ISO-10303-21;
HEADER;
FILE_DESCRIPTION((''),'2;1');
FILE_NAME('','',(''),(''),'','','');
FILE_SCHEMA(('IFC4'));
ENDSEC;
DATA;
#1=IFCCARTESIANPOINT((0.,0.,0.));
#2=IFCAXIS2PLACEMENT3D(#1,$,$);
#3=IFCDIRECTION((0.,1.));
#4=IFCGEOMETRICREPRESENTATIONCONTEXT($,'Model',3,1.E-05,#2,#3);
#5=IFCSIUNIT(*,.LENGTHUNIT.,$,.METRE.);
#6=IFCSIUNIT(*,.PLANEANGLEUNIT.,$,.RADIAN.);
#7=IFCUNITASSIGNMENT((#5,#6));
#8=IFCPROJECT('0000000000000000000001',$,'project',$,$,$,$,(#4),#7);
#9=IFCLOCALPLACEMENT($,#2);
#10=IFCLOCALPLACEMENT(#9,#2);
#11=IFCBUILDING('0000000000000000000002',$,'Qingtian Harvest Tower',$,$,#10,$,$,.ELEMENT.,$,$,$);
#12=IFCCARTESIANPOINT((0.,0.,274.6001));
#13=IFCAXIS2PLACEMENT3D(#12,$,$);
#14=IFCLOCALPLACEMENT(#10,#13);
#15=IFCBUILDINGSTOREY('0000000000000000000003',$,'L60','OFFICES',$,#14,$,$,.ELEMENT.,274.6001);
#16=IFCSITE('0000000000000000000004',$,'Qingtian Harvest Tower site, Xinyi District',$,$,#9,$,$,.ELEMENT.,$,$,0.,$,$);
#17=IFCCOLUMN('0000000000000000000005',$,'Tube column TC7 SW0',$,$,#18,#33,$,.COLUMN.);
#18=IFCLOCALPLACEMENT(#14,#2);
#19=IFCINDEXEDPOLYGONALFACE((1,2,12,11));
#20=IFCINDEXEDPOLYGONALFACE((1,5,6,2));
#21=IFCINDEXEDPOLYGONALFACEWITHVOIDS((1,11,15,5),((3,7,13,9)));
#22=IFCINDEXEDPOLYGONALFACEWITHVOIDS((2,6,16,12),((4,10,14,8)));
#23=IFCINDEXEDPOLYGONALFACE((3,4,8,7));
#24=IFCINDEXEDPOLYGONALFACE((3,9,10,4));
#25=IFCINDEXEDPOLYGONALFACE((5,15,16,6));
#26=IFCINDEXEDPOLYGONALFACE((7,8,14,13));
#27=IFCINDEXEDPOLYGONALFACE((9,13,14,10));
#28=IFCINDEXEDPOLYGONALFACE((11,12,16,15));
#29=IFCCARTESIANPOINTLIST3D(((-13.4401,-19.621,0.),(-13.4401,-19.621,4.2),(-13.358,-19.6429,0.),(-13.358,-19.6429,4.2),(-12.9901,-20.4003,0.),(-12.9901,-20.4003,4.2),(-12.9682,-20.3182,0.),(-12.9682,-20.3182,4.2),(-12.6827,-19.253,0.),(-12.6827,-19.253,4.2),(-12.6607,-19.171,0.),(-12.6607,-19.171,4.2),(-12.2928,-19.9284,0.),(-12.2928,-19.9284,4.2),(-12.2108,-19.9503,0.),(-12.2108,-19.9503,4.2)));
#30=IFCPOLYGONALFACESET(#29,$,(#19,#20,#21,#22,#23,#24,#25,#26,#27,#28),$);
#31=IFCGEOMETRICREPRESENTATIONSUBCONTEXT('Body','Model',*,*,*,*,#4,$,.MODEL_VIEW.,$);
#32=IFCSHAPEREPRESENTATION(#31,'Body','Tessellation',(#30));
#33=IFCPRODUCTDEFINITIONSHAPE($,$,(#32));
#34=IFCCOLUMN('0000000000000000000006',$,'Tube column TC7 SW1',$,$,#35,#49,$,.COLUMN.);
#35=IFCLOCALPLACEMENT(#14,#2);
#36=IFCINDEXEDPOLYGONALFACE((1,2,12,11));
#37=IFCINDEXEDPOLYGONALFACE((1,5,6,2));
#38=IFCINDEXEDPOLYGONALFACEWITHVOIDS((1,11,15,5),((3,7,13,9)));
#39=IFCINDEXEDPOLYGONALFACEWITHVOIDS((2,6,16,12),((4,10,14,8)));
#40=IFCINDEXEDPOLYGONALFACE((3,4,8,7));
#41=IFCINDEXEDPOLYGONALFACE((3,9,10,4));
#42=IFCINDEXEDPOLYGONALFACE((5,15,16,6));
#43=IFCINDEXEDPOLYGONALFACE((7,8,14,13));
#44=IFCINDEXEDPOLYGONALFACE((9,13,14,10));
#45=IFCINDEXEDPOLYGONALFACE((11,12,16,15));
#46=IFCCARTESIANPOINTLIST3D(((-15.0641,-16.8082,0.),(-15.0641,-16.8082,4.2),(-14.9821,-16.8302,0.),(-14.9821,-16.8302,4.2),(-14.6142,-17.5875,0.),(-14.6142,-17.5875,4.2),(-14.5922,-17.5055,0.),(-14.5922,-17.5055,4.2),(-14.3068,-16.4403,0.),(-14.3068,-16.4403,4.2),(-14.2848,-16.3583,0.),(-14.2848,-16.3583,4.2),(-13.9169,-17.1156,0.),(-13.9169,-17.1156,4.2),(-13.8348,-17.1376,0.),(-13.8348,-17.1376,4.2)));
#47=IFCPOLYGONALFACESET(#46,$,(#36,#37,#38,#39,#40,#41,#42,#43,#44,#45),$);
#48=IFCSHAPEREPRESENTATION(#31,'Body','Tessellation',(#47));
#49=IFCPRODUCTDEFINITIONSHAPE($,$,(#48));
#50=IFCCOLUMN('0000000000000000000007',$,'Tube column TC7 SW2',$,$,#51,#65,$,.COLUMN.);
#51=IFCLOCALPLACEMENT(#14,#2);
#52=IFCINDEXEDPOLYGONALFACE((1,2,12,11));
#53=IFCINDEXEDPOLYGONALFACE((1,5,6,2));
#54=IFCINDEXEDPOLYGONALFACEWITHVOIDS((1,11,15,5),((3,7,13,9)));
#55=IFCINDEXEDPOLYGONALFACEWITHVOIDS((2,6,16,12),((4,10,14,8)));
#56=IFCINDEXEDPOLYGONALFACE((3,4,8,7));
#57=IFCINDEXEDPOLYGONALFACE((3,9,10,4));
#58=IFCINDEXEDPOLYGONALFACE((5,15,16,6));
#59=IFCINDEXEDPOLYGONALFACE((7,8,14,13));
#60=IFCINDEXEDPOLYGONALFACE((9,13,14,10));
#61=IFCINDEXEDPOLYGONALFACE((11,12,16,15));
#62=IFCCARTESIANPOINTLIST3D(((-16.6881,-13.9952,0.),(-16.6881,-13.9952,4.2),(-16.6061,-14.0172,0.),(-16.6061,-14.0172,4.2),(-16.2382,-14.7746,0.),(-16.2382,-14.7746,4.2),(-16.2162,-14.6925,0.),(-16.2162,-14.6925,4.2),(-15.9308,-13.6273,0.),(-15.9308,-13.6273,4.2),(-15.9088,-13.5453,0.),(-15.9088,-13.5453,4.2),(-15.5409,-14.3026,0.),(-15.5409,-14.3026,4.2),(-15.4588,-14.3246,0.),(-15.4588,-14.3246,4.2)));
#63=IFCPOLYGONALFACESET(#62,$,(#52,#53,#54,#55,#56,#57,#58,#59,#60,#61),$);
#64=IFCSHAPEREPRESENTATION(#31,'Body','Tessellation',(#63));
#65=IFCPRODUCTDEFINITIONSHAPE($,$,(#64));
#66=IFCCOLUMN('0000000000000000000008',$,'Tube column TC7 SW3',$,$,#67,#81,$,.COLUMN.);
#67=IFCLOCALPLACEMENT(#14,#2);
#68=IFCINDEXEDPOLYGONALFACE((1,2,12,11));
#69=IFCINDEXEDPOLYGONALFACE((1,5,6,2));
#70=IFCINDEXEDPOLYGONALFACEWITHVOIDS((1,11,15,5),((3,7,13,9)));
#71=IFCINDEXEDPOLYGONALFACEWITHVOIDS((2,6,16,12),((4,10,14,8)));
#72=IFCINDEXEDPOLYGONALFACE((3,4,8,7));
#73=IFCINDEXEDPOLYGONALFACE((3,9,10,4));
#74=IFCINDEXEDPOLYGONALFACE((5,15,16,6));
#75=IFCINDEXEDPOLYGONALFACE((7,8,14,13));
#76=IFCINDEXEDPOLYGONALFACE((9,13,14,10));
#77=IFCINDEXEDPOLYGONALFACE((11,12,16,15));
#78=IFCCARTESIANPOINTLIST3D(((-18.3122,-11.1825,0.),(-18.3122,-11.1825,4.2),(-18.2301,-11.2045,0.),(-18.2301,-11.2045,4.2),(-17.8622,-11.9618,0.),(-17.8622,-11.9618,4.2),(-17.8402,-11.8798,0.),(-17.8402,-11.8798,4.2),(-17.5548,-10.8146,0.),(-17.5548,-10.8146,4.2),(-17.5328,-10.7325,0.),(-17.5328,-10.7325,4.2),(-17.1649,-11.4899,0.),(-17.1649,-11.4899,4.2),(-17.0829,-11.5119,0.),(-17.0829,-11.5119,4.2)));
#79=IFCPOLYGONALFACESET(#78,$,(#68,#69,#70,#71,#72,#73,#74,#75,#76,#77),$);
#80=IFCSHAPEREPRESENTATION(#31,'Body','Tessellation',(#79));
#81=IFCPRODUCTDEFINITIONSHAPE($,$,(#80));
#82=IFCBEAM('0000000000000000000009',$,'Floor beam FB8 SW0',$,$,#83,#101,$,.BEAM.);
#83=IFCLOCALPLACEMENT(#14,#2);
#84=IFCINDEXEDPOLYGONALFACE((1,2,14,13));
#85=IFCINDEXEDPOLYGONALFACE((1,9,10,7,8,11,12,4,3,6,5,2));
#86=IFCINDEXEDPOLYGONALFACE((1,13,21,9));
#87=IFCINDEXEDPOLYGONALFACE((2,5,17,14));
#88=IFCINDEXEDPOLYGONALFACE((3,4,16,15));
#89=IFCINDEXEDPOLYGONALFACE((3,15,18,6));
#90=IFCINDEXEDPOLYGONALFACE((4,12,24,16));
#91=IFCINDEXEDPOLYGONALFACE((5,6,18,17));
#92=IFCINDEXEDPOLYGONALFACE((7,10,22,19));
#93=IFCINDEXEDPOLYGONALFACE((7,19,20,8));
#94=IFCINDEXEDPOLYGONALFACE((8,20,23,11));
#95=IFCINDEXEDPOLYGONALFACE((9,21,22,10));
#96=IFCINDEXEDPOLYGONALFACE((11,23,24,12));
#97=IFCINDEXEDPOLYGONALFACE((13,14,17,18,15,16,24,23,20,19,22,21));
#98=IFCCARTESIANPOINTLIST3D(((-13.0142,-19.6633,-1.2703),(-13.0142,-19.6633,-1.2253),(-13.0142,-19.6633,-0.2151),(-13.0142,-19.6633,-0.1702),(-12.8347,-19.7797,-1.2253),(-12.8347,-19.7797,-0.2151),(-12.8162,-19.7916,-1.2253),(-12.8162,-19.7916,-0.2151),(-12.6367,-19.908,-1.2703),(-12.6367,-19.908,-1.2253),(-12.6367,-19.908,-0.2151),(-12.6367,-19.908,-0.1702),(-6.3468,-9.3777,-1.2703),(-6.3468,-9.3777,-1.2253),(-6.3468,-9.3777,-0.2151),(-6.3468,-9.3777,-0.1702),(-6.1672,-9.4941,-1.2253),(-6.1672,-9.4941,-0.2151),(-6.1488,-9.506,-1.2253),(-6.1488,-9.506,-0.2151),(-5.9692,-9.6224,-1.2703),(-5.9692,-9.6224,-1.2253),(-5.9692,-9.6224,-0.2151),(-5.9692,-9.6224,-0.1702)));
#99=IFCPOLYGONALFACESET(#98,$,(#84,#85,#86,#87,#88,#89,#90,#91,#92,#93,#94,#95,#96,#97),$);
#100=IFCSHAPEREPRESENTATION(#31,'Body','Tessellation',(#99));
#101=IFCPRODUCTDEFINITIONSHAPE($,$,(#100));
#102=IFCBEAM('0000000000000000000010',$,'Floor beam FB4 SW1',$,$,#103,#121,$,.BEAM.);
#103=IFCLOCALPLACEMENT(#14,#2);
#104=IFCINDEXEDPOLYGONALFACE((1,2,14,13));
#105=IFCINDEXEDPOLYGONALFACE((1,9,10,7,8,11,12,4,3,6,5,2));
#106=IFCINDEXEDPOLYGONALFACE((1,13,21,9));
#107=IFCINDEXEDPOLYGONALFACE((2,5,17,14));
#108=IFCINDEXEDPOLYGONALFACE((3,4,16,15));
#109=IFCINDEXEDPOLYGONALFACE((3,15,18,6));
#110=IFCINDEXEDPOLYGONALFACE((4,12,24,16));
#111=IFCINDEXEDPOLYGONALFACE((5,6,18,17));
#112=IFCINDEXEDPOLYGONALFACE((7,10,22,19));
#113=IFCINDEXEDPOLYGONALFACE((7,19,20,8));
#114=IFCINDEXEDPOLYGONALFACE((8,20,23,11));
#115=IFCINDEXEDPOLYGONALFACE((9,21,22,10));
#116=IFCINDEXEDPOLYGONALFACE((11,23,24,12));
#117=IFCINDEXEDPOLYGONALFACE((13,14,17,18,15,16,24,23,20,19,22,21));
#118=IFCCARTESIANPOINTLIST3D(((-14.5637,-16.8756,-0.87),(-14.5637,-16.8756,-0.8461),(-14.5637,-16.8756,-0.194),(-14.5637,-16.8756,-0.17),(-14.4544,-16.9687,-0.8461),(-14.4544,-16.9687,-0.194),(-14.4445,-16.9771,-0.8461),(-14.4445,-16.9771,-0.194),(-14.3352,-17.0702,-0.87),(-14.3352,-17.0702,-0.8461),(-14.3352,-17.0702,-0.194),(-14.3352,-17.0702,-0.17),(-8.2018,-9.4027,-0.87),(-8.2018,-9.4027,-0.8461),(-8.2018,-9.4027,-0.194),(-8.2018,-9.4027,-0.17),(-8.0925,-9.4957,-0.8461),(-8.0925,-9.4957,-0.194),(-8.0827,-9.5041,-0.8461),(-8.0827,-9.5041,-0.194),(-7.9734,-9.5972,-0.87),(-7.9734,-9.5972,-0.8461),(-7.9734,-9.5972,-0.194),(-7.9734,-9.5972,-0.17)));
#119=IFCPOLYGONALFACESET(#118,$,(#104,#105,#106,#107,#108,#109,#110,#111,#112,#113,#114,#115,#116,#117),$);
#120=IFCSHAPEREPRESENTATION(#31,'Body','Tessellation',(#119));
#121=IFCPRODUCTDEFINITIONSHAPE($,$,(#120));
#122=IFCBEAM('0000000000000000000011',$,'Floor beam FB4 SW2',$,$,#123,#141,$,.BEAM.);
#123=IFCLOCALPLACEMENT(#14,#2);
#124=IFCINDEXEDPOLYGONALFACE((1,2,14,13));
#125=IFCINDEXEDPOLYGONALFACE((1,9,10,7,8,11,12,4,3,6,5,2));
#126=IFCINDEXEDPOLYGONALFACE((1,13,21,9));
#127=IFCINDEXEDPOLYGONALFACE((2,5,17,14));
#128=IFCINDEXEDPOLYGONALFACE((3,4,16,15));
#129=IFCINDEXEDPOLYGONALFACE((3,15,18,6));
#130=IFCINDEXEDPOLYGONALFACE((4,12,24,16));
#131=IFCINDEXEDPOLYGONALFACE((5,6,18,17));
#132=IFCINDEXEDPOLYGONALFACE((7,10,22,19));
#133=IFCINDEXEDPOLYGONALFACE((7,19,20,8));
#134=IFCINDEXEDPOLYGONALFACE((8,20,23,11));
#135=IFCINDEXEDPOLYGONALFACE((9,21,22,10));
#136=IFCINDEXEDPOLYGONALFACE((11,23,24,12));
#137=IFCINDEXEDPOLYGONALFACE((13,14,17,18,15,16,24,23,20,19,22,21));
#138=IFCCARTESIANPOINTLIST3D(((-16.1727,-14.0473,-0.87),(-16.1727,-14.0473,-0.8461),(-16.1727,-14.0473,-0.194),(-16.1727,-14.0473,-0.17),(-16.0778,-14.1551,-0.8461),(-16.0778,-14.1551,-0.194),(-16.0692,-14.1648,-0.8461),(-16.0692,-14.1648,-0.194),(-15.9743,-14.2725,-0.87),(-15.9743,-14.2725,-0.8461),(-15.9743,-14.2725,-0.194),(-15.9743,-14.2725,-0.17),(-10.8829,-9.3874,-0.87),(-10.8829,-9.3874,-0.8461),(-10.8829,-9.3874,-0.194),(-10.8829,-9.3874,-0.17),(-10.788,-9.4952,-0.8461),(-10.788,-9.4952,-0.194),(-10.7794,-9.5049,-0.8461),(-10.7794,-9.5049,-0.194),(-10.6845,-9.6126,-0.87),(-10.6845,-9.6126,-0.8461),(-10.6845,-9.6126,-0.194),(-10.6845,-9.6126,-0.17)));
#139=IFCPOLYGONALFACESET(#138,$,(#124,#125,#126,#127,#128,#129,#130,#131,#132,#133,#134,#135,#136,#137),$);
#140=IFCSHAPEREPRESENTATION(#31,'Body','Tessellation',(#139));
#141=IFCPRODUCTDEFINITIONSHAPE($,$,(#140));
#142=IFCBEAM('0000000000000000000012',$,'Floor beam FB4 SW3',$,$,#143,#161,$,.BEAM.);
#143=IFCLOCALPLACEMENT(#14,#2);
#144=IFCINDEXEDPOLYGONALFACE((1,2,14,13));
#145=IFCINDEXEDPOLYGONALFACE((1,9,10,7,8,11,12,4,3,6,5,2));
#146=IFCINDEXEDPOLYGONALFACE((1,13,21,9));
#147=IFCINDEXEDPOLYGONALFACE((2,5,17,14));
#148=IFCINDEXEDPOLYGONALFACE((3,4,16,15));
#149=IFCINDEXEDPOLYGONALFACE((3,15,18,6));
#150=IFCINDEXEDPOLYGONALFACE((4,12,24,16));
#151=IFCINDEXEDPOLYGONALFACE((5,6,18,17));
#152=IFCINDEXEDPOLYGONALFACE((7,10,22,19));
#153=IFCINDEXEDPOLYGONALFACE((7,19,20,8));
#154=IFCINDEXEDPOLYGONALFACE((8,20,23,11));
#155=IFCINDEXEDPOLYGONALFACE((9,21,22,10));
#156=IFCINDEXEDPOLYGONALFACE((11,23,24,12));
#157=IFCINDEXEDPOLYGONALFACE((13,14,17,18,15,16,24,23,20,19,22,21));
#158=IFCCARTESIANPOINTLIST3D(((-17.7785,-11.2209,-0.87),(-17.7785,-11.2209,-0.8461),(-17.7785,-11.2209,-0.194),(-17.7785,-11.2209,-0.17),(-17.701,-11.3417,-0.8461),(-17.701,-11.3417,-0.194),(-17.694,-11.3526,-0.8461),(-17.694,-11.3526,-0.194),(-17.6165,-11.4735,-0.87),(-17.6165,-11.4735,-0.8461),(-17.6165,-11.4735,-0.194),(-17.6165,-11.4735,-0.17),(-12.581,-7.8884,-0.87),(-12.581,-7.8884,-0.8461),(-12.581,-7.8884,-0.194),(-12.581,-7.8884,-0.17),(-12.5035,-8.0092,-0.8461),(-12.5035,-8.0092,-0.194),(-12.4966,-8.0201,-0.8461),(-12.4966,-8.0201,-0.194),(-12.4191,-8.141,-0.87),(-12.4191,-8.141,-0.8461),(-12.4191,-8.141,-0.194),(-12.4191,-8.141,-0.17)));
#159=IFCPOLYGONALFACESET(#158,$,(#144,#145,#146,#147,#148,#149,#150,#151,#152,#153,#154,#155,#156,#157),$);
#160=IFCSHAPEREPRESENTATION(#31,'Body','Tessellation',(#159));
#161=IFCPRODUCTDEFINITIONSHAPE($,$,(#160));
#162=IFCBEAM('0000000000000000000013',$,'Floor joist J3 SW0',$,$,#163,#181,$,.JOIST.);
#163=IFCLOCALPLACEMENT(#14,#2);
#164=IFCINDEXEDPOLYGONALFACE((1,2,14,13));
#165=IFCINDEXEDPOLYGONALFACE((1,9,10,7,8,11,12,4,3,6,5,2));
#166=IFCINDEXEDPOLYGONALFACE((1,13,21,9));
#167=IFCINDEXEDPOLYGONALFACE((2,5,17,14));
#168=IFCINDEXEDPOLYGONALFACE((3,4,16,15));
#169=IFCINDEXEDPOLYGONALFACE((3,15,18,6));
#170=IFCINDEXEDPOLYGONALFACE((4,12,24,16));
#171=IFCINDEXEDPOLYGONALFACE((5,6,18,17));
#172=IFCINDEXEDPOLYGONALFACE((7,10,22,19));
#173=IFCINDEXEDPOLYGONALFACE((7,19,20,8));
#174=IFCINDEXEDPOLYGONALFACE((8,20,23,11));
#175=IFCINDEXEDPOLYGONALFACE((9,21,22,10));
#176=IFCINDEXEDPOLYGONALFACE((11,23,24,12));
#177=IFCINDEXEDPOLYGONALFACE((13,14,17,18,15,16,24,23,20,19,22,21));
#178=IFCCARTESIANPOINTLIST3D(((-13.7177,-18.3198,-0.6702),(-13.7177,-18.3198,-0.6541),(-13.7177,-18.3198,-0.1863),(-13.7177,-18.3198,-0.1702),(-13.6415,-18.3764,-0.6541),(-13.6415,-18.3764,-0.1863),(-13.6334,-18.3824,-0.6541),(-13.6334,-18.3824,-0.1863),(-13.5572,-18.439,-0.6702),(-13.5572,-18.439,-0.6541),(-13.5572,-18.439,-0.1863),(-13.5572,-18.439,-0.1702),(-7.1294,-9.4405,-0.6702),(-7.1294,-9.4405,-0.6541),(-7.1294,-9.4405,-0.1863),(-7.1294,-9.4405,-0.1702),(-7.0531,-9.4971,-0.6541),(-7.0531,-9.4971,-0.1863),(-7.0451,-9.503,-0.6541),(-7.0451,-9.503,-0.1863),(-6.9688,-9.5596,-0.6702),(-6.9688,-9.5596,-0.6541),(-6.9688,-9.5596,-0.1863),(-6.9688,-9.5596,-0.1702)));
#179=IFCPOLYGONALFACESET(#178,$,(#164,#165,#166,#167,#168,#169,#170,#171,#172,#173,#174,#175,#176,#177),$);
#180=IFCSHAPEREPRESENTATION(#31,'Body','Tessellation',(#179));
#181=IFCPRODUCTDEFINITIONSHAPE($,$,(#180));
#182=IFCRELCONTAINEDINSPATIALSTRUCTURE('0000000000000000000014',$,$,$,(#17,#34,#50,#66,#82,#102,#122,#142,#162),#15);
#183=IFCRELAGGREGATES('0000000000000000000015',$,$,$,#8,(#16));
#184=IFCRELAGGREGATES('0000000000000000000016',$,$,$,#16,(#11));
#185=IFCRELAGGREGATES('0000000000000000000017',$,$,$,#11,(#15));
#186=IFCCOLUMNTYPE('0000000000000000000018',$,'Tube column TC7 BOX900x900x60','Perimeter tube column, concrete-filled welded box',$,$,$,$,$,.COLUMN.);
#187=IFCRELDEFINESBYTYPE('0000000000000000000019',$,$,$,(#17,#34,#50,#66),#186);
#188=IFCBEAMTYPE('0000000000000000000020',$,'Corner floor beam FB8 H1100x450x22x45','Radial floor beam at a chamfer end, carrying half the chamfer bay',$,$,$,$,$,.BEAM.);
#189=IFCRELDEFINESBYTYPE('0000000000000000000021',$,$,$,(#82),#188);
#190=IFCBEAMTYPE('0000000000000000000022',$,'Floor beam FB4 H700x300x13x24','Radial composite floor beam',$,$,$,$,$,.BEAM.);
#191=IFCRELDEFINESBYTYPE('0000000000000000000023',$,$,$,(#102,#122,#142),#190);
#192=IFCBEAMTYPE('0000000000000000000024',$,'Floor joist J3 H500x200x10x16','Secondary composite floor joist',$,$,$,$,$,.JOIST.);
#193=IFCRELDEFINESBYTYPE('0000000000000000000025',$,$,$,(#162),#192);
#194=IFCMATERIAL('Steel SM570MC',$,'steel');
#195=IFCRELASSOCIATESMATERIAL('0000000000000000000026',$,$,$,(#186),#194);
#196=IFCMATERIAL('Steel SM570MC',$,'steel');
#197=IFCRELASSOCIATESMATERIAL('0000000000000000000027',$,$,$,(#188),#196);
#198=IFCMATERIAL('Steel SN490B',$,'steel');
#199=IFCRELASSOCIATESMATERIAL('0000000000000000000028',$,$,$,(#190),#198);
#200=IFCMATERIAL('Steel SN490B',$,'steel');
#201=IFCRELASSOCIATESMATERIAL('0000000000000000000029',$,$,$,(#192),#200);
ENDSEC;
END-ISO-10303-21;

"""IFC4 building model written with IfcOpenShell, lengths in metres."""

from ifc_helpers import new_model, si_unit, direction, frame, origin, origin_2d, place, context, subcontext, project, spatial, hollow_rectangle, i_section, extrude, material, material_profile, profile_set, type_object, element, save


model = new_model("IFC4")

# Units and contexts
model_context = context("Model", 3, precision=1e-05, world=origin(), true_north=direction((0.0, 1.0)))
body_context = subcontext(model_context, "Body", "Model", "MODEL_VIEW")
ifc_project = project(units=[si_unit("LENGTHUNIT", "METRE"), si_unit("PLANEANGLEUNIT", "RADIAN")], contexts=[model_context])

# Site, building, storey
site_placement = place(None, origin())
site = spatial("IfcSite", under=ifc_project, at=site_placement, Name="Qingtian Harvest Tower site, Xinyi District", CompositionType="ELEMENT", RefElevation=0.0)
building_placement = place(site_placement, origin())
building = spatial("IfcBuilding", under=site, at=building_placement, Name="Qingtian Harvest Tower", CompositionType="ELEMENT")
storey_placement = place(building_placement, frame((0.0, 0.0, 274.6001)))
storey = spatial("IfcBuildingStorey", under=building, at=storey_placement, Name="L60", Description="OFFICES", CompositionType="ELEMENT", Elevation=274.6001)

# Columns
ifc_material_1 = material(Name="Steel SM570MC", Category="steel")
ifc_material_profile_1 = material_profile(ifc_material_1, hollow_rectangle(XDim=0.8999, YDim=0.8999, WallThickness=0.0601, at=origin_2d()), Name="BOX900x900x60")
ifc_profile_set_1 = profile_set([ifc_material_profile_1], Name="Steel SM570MC")
column_type = type_object("IfcColumnType", Name="Tube column TC7 BOX900x900x60", Description="Perimeter tube column, concrete-filled welded box", PredefinedType="COLUMN", material=ifc_profile_set_1)
for number, where, z_axis, x_axis, name in (
    (1, (-12.8254, -19.7856, 0.0), (0.0, 0.0, 1.0), (0.5, -0.866025, 0.0), "Tube column TC7 SW0"),
    (2, (-14.4495, -16.9729, 0.0), (0.0, 0.0, 1.0), (0.5, -0.866025, 0.0), "Tube column TC7 SW1"),
    (3, (-16.0735, -14.1599, 0.0), (0.0, 0.0, 1.0), (0.5, -0.866025, 0.0), "Tube column TC7 SW2"),
    (4, (-17.6975, -11.3472, 0.0), (0.0, 0.0, 1.0), (0.5, -0.866025, 0.0), "Tube column TC7 SW3"),
):
    element("IfcColumn", number, at=place(storey_placement, frame(where, z_axis=z_axis, x_axis=x_axis)), inside=storey, type_object=column_type, Name=name, PredefinedType="COLUMN", context=body_context, shape_type="SweptSolid", body=[
        extrude(hollow_rectangle(XDim=0.8999, YDim=0.8999, WallThickness=0.0601, at=origin_2d()), origin(), (0.0, 0.0, 1.0), 4.2),
    ])

# Beams
ifc_material_2 = material(Name="Steel SM570MC", Category="steel")
ifc_material_profile_2 = material_profile(ifc_material_2, i_section(OverallWidth=0.45, OverallDepth=1.1001, WebThickness=0.022, FlangeThickness=0.0449, at=origin_2d()), Name="H1100x450x22x45")
ifc_profile_set_2 = profile_set([ifc_material_profile_2], Name="Steel SM570MC")
beam_type_1 = type_object("IfcBeamType", Name="Corner floor beam FB8 H1100x450x22x45", Description="Radial floor beam at a chamfer end, carrying half the chamfer bay", PredefinedType="BEAM", material=ifc_profile_set_2)
beam_1_placement = place(storey_placement, frame((-12.8254, -19.7856, -0.7202), z_axis=(0.543945, 0.839121, 0.0), x_axis=(-0.839121, 0.543945, 0.0)))
element("IfcBeam", 5, at=beam_1_placement, inside=storey, type_object=beam_type_1, Name="Floor beam FB8 SW0", PredefinedType="BEAM", context=body_context, shape_type="SweptSolid", body=[
    extrude(i_section(OverallWidth=0.45, OverallDepth=1.1001, WebThickness=0.022, FlangeThickness=0.0449, at=origin_2d()), origin(), (0.0, 0.0, 1.0), 12.2576),
])
ifc_material_3 = material(Name="Steel SN490B", Category="steel")
ifc_material_profile_3 = material_profile(ifc_material_3, i_section(OverallWidth=0.3, OverallDepth=0.7, WebThickness=0.0129, FlangeThickness=0.0239, at=origin_2d()), Name="H700x300x13x24")
ifc_profile_set_3 = profile_set([ifc_material_profile_3], Name="Steel SN490B")
beam_type_2 = type_object("IfcBeamType", Name="Floor beam FB4 H700x300x13x24", Description="Radial composite floor beam", PredefinedType="BEAM", material=ifc_profile_set_3)
beam_2_placement = place(storey_placement, frame((-14.4495, -16.9729, -0.52), z_axis=(0.648231, 0.761444, 0.0), x_axis=(-0.761444, 0.648231, 0.0)))
element("IfcBeam", 6, at=beam_2_placement, inside=storey, type_object=beam_type_2, Name="Floor beam FB4 SW1", PredefinedType="BEAM", context=body_context, shape_type="SweptSolid", body=[
    extrude(i_section(OverallWidth=0.3, OverallDepth=0.7, WebThickness=0.0129, FlangeThickness=0.0239, at=origin_2d()), origin(), (0.0, 0.0, 1.0), 9.8142),
])
beam_3_placement = place(storey_placement, frame((-16.0735, -14.1599, -0.52), z_axis=(0.750369, 0.661019, 0.0), x_axis=(-0.661019, 0.750369, 0.0)))
element("IfcBeam", 7, at=beam_3_placement, inside=storey, type_object=beam_type_2, Name="Floor beam FB4 SW2", PredefinedType="BEAM", context=body_context, shape_type="SweptSolid", body=[
    extrude(i_section(OverallWidth=0.3, OverallDepth=0.7, WebThickness=0.0129, FlangeThickness=0.0239, at=origin_2d()), origin(), (0.0, 0.0, 1.0), 7.0496),
])
beam_4_placement = place(storey_placement, frame((-17.6975, -11.3472, -0.52), z_axis=(0.841822, 0.539756, 0.0), x_axis=(-0.539756, 0.841822, 0.0)))
element("IfcBeam", 8, at=beam_4_placement, inside=storey, type_object=beam_type_2, Name="Floor beam FB4 SW3", PredefinedType="BEAM", context=body_context, shape_type="SweptSolid", body=[
    extrude(i_section(OverallWidth=0.3, OverallDepth=0.7, WebThickness=0.0129, FlangeThickness=0.0239, at=origin_2d()), origin(), (0.0, 0.0, 1.0), 6.1741),
])
ifc_material_4 = material(Name="Steel SN490B", Category="steel")
ifc_material_profile_4 = material_profile(ifc_material_4, i_section(OverallWidth=0.2, OverallDepth=0.5, WebThickness=0.01, FlangeThickness=0.0161, at=origin_2d()), Name="H500x200x10x16")
ifc_profile_set_4 = profile_set([ifc_material_profile_4], Name="Steel SN490B")
beam_type_3 = type_object("IfcBeamType", Name="Floor joist J3 H500x200x10x16", Description="Secondary composite floor joist", PredefinedType="JOIST", material=ifc_profile_set_4)
beam_5_placement = place(storey_placement, frame((-13.6375, -18.3794, -0.4202), z_axis=(0.595873, 0.803079, 0.0), x_axis=(-0.803079, 0.595873, 0.0)))
element("IfcBeam", 9, at=beam_5_placement, inside=storey, type_object=beam_type_3, Name="Floor joist J3 SW0", PredefinedType="JOIST", context=body_context, shape_type="SweptSolid", body=[
    extrude(i_section(OverallWidth=0.2, OverallDepth=0.5, WebThickness=0.01, FlangeThickness=0.0161, at=origin_2d()), origin(), (0.0, 0.0, 1.0), 11.0566),
])

save(model, "model.ifc")
